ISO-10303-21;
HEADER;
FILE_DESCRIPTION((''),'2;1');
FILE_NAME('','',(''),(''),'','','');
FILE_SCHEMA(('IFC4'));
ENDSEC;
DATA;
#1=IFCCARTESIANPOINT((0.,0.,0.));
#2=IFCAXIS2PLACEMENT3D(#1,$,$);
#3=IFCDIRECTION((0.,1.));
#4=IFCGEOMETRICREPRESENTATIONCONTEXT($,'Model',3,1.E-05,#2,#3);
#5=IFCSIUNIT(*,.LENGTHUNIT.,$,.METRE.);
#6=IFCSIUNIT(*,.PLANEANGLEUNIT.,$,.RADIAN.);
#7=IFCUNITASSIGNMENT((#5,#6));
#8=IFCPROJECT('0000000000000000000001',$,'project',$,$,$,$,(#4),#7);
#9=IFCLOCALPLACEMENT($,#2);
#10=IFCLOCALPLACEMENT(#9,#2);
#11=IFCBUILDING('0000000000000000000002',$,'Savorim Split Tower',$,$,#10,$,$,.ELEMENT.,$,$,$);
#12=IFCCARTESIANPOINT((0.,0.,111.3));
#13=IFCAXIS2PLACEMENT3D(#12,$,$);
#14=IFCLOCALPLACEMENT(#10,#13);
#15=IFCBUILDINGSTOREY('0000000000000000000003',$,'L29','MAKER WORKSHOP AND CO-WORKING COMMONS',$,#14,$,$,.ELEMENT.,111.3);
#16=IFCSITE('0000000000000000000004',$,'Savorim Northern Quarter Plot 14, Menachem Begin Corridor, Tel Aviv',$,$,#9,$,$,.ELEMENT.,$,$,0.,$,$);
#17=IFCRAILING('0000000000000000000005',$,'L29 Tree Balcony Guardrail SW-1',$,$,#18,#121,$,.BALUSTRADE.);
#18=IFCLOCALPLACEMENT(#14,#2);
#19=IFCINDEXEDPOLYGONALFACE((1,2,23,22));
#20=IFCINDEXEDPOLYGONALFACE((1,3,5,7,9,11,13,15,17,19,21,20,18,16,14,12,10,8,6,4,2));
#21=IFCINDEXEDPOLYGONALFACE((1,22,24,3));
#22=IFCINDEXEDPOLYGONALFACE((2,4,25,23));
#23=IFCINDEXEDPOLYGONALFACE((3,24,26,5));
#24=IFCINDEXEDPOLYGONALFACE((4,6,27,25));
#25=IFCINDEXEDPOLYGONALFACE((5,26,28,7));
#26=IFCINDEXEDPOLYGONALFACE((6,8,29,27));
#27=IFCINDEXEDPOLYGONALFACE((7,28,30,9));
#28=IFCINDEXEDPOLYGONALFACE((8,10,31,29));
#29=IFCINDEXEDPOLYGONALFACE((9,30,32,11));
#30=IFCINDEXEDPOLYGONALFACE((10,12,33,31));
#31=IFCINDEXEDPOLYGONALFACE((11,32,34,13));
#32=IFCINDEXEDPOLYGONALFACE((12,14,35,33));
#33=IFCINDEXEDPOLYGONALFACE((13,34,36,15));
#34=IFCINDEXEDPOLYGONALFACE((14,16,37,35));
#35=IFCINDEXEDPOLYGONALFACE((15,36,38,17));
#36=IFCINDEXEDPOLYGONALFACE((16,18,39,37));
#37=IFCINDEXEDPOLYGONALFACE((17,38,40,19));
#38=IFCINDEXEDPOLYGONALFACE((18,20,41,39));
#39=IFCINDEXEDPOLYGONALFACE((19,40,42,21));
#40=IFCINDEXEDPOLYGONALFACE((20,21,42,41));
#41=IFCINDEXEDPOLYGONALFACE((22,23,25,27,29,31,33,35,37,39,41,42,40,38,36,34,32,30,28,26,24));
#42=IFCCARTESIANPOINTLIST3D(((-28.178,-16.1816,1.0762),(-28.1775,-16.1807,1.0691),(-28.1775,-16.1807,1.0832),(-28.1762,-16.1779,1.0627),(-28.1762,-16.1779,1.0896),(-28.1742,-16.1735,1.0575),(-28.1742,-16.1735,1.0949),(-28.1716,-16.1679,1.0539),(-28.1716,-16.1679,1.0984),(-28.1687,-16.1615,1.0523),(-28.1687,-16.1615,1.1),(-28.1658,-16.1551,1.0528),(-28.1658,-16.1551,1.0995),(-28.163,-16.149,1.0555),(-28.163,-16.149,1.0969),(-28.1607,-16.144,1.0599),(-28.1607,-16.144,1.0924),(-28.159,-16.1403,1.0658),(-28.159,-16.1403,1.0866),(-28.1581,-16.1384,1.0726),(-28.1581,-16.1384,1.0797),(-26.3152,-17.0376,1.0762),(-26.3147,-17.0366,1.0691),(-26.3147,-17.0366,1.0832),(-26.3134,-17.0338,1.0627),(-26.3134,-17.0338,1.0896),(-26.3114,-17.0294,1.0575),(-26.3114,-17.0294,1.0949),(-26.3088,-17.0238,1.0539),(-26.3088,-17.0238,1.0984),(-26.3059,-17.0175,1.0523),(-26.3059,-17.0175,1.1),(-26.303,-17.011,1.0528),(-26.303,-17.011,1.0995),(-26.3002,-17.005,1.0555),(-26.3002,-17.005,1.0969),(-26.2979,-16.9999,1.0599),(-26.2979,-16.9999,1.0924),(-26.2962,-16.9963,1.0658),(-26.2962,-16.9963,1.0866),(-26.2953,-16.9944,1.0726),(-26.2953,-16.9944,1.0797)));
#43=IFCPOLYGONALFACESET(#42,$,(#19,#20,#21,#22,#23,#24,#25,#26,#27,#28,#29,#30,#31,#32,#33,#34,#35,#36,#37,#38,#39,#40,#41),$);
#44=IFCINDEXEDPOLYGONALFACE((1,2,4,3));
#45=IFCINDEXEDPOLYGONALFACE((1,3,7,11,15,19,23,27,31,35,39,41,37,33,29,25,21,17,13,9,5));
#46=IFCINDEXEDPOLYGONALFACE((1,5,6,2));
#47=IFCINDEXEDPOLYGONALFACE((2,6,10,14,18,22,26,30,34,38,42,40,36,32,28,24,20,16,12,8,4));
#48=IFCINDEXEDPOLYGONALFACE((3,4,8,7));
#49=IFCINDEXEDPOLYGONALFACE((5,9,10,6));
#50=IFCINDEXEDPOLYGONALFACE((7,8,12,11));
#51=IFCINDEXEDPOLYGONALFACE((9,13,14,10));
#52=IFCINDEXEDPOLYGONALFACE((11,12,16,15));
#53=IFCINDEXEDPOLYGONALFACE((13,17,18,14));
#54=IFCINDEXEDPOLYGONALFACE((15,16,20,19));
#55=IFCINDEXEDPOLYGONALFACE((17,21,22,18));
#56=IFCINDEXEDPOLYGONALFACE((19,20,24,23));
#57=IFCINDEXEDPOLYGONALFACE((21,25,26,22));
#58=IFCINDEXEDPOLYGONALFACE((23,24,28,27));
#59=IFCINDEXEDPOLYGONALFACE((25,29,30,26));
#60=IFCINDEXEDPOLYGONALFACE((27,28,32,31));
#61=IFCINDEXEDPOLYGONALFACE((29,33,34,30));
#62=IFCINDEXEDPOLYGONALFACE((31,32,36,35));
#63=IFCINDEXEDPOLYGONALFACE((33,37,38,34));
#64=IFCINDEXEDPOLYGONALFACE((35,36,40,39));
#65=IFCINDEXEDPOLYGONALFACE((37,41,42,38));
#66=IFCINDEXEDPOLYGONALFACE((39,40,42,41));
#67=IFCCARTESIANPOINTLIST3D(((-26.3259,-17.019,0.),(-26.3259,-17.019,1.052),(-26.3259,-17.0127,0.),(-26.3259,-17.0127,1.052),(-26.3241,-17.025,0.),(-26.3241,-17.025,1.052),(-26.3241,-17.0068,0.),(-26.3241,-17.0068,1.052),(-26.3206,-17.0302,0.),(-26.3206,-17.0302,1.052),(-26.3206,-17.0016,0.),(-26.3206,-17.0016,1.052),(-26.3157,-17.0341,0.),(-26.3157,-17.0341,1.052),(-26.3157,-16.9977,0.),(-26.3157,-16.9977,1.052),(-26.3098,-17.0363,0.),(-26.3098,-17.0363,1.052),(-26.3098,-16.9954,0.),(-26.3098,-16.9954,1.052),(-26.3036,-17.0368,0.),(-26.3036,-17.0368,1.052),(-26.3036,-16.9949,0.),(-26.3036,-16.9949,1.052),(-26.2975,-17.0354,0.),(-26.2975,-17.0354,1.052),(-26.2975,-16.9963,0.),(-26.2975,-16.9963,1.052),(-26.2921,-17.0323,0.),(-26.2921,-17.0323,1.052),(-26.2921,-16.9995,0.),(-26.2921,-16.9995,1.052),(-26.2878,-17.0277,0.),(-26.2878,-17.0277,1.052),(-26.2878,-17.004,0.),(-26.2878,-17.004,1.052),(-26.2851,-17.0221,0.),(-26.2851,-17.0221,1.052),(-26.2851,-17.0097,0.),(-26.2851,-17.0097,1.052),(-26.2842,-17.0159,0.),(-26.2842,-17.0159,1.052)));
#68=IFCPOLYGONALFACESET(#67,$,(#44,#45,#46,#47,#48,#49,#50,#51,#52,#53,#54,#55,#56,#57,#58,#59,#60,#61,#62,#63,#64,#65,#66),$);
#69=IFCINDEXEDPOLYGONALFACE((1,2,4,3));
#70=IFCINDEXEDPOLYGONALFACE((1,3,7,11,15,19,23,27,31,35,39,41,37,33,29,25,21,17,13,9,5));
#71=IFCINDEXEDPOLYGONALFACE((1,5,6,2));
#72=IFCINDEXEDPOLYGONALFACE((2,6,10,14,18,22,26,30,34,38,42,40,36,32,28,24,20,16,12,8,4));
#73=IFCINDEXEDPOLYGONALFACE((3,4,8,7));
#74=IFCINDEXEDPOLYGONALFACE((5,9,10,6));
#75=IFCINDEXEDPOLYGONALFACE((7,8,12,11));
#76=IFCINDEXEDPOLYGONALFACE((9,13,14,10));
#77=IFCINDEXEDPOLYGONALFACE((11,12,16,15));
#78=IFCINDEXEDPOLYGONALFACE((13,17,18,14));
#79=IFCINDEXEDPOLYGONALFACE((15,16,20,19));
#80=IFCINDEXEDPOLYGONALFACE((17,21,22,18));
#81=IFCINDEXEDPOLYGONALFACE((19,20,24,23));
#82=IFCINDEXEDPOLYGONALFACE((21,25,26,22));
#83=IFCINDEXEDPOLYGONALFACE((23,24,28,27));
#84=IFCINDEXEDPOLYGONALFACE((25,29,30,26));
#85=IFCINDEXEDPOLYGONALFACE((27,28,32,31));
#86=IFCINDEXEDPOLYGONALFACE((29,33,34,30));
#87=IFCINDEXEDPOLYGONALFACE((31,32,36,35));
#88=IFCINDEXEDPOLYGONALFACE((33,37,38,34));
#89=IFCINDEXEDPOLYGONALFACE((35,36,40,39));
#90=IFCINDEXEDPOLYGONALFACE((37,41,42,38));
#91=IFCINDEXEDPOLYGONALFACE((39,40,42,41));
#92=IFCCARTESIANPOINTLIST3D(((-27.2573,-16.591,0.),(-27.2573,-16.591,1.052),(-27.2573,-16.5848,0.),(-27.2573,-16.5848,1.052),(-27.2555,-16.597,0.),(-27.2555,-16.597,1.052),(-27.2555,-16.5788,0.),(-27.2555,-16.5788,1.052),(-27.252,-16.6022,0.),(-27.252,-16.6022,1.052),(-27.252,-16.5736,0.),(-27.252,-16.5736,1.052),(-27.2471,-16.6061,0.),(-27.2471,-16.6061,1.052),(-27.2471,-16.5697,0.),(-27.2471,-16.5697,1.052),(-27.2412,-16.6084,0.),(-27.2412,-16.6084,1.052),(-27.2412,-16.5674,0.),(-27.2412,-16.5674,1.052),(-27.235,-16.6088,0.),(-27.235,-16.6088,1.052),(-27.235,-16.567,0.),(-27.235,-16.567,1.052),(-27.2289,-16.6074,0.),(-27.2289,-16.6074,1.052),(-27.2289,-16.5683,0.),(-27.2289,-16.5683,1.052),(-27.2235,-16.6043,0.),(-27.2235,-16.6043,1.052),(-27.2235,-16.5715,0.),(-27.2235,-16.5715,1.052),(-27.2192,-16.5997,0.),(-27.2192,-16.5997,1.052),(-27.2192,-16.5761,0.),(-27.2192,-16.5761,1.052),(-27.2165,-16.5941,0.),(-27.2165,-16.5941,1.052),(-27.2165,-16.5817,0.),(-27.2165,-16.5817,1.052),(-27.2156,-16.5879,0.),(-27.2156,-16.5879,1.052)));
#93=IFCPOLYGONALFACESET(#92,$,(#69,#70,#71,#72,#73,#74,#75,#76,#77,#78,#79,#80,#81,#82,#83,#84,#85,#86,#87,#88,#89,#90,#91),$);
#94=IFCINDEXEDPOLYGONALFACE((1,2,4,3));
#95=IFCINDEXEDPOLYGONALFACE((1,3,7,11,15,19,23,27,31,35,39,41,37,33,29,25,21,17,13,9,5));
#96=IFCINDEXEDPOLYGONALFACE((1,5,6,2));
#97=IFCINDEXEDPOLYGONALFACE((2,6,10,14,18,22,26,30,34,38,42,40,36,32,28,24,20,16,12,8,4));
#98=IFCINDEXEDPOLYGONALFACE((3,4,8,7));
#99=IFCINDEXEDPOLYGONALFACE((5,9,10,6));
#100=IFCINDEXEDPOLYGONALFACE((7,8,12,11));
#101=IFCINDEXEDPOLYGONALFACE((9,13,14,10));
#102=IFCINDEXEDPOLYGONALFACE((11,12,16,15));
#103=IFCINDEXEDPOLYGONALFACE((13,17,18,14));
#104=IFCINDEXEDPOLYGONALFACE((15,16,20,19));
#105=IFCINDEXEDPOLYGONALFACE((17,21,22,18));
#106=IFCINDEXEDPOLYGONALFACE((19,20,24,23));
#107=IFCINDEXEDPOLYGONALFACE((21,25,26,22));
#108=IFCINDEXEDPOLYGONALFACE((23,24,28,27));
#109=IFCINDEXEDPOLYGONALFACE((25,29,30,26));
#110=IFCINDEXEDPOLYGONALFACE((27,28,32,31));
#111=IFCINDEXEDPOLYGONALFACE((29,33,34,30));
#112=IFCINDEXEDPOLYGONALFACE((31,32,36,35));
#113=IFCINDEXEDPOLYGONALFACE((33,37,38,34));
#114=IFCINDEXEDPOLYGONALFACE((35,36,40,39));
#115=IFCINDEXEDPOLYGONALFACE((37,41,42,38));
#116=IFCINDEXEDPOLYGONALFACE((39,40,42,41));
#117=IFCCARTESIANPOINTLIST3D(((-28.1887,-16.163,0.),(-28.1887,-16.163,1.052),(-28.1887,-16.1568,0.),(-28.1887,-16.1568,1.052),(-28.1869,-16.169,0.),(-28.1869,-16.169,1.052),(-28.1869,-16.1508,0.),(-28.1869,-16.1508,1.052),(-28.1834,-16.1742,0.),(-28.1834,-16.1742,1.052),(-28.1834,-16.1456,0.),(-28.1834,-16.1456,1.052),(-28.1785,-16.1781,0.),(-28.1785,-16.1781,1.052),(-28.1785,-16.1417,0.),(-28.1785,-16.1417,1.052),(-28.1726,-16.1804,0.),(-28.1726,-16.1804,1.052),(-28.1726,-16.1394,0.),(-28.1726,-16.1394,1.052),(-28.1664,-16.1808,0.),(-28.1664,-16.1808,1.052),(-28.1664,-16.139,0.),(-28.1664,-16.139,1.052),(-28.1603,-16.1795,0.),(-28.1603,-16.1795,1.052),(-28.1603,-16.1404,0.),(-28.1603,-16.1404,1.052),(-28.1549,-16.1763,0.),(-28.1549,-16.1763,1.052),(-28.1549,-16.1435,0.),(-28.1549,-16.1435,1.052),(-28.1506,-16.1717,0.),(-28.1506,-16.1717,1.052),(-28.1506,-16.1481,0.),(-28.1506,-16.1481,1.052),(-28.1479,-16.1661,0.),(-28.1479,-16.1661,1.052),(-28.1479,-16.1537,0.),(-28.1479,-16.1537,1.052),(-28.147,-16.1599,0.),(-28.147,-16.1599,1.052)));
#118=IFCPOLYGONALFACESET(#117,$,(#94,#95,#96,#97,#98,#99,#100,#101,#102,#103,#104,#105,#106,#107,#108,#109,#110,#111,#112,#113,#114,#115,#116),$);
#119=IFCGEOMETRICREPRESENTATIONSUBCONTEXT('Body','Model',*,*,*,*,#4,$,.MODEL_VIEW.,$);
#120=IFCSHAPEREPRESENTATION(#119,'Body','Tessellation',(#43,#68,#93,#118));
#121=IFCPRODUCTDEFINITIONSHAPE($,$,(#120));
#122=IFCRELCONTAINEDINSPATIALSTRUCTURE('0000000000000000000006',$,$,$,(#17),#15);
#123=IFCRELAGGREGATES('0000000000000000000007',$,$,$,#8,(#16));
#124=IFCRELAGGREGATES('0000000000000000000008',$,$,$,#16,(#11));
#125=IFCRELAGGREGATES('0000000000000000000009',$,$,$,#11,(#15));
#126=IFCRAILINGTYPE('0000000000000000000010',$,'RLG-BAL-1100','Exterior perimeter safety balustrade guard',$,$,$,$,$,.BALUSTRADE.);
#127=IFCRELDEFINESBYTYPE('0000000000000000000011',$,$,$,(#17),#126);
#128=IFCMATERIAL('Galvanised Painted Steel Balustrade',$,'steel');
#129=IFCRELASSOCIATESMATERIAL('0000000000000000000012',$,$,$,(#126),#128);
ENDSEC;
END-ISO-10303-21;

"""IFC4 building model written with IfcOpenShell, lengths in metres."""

from ifc_helpers import new_model, si_unit, direction, frame, origin, origin_2d, place, context, subcontext, project, spatial, circle, extrude, material, type_object, element, save


model = new_model("IFC4")

# Units and contexts
model_context = context("Model", 3, precision=1e-05, world=origin(), true_north=direction((0.0, 1.0)))
body_context = subcontext(model_context, "Body", "Model", "MODEL_VIEW")
ifc_project = project(units=[si_unit("LENGTHUNIT", "METRE"), si_unit("PLANEANGLEUNIT", "RADIAN")], contexts=[model_context])

# Site, building, storey
site_placement = place(None, origin())
site = spatial("IfcSite", under=ifc_project, at=site_placement, Name="Savorim Northern Quarter Plot 14, Menachem Begin Corridor, Tel Aviv", CompositionType="ELEMENT", RefElevation=0.0)
building_placement = place(site_placement, origin())
building = spatial("IfcBuilding", under=site, at=building_placement, Name="Savorim Split Tower", CompositionType="ELEMENT")
storey_placement = place(building_placement, frame((0.0, 0.0, 111.3)))
storey = spatial("IfcBuildingStorey", under=building, at=storey_placement, Name="L29", Description="MAKER WORKSHOP AND CO-WORKING COMMONS", CompositionType="ELEMENT", Elevation=111.3)

# Railing
ifc_material_1 = material(Name="Galvanised Painted Steel Balustrade", Category="steel")
railing_type = type_object("IfcRailingType", Name="RLG-BAL-1100", Description="Exterior perimeter safety balustrade guard", PredefinedType="BALUSTRADE", material=ifc_material_1)
railing_1_placement = place(storey_placement, frame((-26.3052, -17.0159, 0.0)))
element("IfcRailing", 1, at=railing_1_placement, inside=storey, type_object=railing_type, Name="L29 Tree Balcony Guardrail SW-1", PredefinedType="BALUSTRADE", context=body_context, shape_type="SweptSolid", body=[
    extrude(circle(Radius=0.0239, at=origin_2d()), frame((0.0, 0.0, 1.0762), z_axis=(-0.908662, 0.417532, 0.0), x_axis=(-0.417532, -0.908662, 0.0)), (0.0, 0.0, 1.0), 2.05),
    extrude(circle(Radius=0.021, at=origin_2d()), origin(), (0.0, 0.0, 1.0), 1.052),
    extrude(circle(Radius=0.021, at=origin_2d()), frame((-0.9314, 0.428, 0.0)), (0.0, 0.0, 1.0), 1.052),
    extrude(circle(Radius=0.021, at=origin_2d()), frame((-1.8628, 0.856, 0.0)), (0.0, 0.0, 1.0), 1.052),
])

save(model, "model.ifc")
